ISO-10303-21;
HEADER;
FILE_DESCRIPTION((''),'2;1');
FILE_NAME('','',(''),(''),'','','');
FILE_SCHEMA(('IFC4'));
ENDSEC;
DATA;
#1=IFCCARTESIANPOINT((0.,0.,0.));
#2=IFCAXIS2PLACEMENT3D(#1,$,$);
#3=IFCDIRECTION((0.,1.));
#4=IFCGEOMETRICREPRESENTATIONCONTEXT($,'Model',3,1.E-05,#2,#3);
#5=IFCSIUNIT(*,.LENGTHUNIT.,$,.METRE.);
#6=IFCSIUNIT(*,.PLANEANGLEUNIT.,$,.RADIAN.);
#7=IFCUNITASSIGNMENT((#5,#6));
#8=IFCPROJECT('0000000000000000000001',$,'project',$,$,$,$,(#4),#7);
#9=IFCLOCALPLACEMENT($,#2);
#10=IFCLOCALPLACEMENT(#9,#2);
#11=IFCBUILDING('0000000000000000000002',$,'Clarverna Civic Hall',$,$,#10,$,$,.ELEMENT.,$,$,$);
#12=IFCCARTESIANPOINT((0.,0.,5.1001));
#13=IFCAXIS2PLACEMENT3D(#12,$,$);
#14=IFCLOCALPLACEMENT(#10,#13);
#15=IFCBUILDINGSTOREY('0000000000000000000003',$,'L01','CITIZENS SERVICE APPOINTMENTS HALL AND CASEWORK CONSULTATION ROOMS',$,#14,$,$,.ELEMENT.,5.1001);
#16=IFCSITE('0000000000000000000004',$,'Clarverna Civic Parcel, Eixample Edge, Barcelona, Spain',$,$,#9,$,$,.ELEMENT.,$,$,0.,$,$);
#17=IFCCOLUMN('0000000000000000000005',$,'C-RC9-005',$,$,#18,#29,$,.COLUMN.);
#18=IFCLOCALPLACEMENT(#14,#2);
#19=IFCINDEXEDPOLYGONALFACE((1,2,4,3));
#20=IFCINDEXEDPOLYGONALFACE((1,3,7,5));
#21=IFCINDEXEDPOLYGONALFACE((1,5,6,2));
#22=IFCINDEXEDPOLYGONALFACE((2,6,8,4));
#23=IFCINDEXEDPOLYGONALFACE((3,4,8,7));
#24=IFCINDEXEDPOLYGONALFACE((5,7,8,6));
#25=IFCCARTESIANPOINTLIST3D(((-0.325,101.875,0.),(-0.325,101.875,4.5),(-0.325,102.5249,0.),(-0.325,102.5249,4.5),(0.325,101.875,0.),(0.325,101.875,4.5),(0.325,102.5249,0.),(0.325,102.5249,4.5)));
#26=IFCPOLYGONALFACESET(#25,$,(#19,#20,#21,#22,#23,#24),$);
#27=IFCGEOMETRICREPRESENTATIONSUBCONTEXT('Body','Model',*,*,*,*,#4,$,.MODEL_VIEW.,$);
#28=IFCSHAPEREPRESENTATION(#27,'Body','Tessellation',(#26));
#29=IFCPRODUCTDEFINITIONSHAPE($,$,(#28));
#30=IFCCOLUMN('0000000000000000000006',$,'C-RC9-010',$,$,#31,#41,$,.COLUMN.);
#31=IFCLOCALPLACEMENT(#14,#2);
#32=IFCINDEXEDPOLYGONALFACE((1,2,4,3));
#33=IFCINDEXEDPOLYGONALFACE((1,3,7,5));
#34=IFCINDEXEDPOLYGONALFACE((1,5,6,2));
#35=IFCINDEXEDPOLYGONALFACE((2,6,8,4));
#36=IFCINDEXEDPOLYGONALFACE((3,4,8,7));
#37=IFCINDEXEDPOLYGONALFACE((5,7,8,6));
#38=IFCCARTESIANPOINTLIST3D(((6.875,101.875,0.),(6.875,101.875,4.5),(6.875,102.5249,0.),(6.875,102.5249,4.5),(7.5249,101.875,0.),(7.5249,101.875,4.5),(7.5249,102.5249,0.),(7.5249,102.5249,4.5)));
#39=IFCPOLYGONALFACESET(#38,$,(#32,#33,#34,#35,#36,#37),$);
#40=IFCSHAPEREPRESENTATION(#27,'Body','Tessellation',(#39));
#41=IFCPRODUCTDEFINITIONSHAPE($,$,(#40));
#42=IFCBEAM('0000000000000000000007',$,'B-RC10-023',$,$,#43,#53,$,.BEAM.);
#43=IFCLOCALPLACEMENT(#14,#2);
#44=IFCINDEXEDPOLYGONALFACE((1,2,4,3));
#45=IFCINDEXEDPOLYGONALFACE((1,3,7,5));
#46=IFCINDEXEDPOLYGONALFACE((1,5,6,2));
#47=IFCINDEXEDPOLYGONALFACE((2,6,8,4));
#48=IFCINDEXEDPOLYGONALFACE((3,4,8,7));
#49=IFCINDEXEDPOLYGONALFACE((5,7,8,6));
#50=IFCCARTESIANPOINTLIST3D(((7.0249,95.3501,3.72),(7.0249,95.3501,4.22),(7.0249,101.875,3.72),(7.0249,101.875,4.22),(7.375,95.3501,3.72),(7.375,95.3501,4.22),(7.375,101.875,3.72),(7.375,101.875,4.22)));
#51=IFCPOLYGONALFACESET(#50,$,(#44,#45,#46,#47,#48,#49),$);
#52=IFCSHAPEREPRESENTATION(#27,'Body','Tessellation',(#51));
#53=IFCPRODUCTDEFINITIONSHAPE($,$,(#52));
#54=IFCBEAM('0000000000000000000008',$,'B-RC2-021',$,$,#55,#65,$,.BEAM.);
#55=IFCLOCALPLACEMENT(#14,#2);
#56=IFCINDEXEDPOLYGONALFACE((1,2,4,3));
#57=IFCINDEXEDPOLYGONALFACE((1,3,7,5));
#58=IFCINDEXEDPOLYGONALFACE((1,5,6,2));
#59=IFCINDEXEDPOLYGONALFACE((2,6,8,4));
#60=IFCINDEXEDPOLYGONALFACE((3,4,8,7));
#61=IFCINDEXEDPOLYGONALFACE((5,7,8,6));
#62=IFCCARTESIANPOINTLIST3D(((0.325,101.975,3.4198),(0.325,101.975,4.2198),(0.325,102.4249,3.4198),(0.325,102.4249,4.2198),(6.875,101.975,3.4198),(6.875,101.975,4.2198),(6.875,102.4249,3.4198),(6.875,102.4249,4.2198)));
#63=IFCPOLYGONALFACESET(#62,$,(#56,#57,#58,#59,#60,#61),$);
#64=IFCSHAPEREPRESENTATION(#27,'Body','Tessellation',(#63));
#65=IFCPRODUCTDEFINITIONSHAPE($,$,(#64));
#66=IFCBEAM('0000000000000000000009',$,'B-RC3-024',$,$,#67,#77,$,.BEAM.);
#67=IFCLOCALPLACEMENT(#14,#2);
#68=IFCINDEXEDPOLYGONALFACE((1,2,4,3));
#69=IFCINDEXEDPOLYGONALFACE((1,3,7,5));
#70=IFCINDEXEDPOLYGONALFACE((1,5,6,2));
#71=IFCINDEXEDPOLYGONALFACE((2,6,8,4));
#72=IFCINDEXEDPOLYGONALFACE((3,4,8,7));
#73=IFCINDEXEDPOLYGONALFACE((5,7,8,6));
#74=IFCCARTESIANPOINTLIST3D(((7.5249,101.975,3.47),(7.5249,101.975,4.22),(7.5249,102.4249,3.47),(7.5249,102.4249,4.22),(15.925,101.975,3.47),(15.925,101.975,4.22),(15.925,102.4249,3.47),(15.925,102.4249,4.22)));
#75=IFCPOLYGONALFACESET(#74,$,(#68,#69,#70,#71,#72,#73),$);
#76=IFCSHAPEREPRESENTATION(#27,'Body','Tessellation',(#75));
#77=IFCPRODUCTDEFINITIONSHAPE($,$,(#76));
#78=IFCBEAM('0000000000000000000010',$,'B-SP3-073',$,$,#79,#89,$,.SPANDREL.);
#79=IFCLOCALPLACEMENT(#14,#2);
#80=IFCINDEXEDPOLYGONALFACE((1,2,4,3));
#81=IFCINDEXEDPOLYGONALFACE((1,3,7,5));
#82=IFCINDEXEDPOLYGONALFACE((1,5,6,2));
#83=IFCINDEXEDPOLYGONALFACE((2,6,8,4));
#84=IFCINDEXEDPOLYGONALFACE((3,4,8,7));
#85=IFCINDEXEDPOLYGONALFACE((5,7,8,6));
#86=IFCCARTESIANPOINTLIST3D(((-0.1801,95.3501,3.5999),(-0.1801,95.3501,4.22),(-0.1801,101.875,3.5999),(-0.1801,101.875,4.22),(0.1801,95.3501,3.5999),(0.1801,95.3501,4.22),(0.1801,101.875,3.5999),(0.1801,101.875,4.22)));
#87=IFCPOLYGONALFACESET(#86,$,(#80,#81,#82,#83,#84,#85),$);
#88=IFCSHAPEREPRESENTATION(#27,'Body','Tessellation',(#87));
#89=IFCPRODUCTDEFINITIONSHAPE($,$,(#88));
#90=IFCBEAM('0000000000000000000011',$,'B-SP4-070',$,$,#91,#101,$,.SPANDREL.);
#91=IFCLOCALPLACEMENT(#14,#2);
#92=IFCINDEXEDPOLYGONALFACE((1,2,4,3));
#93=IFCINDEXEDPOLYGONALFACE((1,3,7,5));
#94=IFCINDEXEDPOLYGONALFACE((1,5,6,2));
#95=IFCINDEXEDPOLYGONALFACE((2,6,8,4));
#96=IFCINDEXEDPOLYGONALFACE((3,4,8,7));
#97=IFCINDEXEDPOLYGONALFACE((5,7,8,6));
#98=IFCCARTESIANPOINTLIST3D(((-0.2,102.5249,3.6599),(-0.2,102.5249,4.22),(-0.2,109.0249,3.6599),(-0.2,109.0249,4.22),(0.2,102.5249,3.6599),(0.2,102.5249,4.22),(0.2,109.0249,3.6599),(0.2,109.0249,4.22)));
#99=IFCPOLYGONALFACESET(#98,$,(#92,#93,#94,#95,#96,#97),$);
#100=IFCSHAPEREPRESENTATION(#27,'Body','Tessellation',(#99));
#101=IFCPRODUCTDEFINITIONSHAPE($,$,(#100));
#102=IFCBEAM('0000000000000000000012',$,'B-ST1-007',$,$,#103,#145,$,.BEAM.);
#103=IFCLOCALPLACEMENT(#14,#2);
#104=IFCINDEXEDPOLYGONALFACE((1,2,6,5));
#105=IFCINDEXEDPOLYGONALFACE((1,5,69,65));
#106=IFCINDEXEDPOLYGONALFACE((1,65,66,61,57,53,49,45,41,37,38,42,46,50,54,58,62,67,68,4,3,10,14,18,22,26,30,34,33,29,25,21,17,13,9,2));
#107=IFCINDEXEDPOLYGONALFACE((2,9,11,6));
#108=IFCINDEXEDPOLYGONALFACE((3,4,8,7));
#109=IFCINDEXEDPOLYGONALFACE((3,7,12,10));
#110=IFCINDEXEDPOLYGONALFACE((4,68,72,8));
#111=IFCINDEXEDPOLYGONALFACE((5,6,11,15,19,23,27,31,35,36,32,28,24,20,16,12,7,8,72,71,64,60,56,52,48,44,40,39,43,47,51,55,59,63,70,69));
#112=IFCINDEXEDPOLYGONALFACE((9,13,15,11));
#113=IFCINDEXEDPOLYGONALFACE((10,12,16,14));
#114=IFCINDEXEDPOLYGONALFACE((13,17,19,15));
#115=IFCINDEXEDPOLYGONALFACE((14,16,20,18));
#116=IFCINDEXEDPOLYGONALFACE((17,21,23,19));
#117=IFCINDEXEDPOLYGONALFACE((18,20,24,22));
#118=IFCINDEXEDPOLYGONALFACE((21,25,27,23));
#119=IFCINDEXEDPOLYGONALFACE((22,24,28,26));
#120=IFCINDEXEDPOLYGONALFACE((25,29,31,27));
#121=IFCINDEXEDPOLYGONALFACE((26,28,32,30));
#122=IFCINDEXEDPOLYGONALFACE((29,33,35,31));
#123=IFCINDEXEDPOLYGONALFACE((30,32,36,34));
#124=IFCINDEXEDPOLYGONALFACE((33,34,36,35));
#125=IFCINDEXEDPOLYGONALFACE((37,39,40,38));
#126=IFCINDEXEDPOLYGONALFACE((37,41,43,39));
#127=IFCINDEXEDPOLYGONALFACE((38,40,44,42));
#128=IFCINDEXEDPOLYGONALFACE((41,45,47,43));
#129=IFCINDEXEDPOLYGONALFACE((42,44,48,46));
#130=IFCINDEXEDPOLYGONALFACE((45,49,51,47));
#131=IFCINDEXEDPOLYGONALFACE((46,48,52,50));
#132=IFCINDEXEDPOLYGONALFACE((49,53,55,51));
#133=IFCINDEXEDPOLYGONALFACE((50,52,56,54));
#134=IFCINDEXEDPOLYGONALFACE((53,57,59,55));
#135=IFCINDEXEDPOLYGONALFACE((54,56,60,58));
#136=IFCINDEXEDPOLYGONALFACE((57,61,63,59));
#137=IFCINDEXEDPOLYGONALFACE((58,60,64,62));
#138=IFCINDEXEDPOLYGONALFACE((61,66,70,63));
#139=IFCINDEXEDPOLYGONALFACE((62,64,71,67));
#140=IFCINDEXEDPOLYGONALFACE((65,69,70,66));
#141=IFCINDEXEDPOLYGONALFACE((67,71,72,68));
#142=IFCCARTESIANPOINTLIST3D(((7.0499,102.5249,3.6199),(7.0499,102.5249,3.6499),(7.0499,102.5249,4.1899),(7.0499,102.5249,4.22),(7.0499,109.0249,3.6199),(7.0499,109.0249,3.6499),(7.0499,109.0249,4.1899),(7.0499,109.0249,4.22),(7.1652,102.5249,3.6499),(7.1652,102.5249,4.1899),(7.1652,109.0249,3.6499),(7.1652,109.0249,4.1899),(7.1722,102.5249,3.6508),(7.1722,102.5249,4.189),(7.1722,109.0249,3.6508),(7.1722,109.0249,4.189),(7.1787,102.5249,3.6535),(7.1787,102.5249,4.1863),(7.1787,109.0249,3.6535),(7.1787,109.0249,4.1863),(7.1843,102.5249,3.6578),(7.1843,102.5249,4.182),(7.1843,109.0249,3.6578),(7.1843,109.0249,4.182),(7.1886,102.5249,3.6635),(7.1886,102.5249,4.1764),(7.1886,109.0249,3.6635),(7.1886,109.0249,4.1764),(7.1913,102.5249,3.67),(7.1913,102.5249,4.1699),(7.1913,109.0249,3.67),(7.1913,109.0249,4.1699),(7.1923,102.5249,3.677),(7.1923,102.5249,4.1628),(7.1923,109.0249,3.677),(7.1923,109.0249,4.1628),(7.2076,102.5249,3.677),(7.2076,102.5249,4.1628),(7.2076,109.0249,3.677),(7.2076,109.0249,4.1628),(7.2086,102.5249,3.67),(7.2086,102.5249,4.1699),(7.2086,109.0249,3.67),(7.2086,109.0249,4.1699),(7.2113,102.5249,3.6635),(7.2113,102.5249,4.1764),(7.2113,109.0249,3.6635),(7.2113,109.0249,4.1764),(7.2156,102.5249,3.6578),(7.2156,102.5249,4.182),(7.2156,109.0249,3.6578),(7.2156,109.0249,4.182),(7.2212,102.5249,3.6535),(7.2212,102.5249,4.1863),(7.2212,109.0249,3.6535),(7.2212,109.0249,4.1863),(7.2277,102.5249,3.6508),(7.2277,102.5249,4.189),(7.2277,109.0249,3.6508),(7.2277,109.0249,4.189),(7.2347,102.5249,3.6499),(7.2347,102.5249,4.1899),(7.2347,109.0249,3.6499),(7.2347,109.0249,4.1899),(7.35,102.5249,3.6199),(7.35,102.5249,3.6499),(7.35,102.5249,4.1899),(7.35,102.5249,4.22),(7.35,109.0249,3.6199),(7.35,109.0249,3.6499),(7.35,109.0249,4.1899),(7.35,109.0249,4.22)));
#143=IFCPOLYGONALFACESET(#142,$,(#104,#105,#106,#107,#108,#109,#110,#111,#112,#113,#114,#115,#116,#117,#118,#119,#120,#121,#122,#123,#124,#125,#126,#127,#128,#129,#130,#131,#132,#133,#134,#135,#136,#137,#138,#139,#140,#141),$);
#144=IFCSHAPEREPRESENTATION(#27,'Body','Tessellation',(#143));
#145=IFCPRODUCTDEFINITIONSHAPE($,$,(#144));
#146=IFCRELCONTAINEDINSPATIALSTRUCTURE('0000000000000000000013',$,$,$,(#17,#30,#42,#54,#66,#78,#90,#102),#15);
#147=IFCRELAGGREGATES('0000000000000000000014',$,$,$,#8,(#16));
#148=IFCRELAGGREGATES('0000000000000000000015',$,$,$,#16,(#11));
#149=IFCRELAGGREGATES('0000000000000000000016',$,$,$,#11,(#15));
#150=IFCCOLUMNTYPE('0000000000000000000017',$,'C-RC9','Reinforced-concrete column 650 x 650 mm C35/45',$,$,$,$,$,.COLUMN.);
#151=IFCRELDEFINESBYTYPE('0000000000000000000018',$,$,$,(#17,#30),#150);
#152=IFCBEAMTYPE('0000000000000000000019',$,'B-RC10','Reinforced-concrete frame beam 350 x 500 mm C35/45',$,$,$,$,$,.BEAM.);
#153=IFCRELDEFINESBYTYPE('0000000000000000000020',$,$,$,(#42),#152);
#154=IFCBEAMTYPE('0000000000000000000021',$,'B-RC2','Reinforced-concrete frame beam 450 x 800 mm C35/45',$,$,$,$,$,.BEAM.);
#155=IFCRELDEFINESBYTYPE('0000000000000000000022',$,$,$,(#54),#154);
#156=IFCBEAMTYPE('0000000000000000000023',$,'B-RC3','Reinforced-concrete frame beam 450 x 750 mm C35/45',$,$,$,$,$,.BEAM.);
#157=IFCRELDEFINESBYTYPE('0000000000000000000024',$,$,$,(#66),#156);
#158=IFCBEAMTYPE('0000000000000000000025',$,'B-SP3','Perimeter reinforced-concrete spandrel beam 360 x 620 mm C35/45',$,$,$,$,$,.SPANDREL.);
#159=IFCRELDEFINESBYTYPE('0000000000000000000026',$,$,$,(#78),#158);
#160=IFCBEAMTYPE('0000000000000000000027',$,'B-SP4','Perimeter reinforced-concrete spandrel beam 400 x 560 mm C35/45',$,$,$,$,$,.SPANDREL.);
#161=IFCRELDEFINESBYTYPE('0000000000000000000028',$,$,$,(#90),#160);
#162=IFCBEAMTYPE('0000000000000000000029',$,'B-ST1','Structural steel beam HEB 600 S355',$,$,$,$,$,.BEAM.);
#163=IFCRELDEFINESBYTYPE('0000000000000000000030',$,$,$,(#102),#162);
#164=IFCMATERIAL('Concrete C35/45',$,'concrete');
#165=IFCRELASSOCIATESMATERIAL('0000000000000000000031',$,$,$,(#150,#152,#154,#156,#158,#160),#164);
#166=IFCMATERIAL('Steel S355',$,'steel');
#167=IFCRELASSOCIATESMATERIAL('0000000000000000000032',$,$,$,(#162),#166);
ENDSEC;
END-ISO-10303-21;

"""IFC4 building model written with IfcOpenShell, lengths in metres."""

from ifc_helpers import new_model, si_unit, direction, frame, origin, origin_2d, place, context, subcontext, project, spatial, rectangle, i_section, extrude, material, material_profile, profile_set, type_object, element, save


model = new_model("IFC4")

# Units and contexts
model_context = context("Model", 3, precision=1e-05, world=origin(), true_north=direction((0.0, 1.0)))
body_context = subcontext(model_context, "Body", "Model", "MODEL_VIEW")
ifc_project = project(units=[si_unit("LENGTHUNIT", "METRE"), si_unit("PLANEANGLEUNIT", "RADIAN")], contexts=[model_context])

# Site, building, storey
site_placement = place(None, origin())
site = spatial("IfcSite", under=ifc_project, at=site_placement, Name="Clarverna Civic Parcel, Eixample Edge, Barcelona, Spain", CompositionType="ELEMENT", RefElevation=0.0)
building_placement = place(site_placement, origin())
building = spatial("IfcBuilding", under=site, at=building_placement, Name="Clarverna Civic Hall", CompositionType="ELEMENT")
storey_placement = place(building_placement, frame((0.0, 0.0, 5.1001)))
storey = spatial("IfcBuildingStorey", under=building, at=storey_placement, Name="L01", Description="CITIZENS SERVICE APPOINTMENTS HALL AND CASEWORK CONSULTATION ROOMS", CompositionType="ELEMENT", Elevation=5.1001)

# Columns
ifc_material_1 = material(Name="Concrete C35/45", Category="concrete")
ifc_material_profile_1 = material_profile(ifc_material_1, rectangle(XDim=0.6499, YDim=0.6499, at=origin_2d()), Name="RC 650x650")
ifc_profile_set_1 = profile_set([ifc_material_profile_1], Name="Concrete C35/45")
column_type = type_object("IfcColumnType", Name="C-RC9", Description="Reinforced-concrete column 650 x 650 mm C35/45", PredefinedType="COLUMN", material=ifc_profile_set_1)
for number, where, z_axis, x_axis, name in (
    (1, (0.0, 102.2, 0.0), (0.0, 0.0, 1.0), (1.0, 0.0, 0.0), "C-RC9-005"),
    (2, (7.2, 102.2, 0.0), (0.0, 0.0, 1.0), (1.0, 0.0, 0.0), "C-RC9-010"),
):
    element("IfcColumn", number, at=place(storey_placement, frame(where, z_axis=z_axis, x_axis=x_axis)), inside=storey, type_object=column_type, Name=name, PredefinedType="COLUMN", context=body_context, shape_type="SweptSolid", body=[
        extrude(rectangle(XDim=0.6499, YDim=0.6499, at=origin_2d()), origin(), (0.0, 0.0, 1.0), 4.5),
    ])

# Beams
ifc_material_profile_2 = material_profile(ifc_material_1, rectangle(XDim=0.3501, YDim=0.5, at=origin_2d()), Name="RC 350x500")
ifc_profile_set_2 = profile_set([ifc_material_profile_2], Name="Concrete C35/45")
beam_type_1 = type_object("IfcBeamType", Name="B-RC10", Description="Reinforced-concrete frame beam 350 x 500 mm C35/45", PredefinedType="BEAM", material=ifc_profile_set_2)
beam_1_placement = place(storey_placement, frame((7.2, 95.3501, 3.97), z_axis=(0.0, 1.0, 0.0), x_axis=(-1.0, 0.0, 0.0)))
element("IfcBeam", 3, at=beam_1_placement, inside=storey, type_object=beam_type_1, Name="B-RC10-023", PredefinedType="BEAM", context=body_context, shape_type="SweptSolid", body=[
    extrude(rectangle(XDim=0.3501, YDim=0.5, at=origin_2d()), origin(), (0.0, 0.0, 1.0), 6.5249),
])
ifc_material_profile_3 = material_profile(ifc_material_1, rectangle(XDim=0.45, YDim=0.8, at=origin_2d()), Name="RC 450x800")
ifc_profile_set_3 = profile_set([ifc_material_profile_3], Name="Concrete C35/45")
beam_type_2 = type_object("IfcBeamType", Name="B-RC2", Description="Reinforced-concrete frame beam 450 x 800 mm C35/45", PredefinedType="BEAM", material=ifc_profile_set_3)
beam_2_placement = place(storey_placement, frame((0.325, 102.2, 3.8198), z_axis=(1.0, 0.0, 0.0), x_axis=(0.0, 1.0, 0.0)))
element("IfcBeam", 4, at=beam_2_placement, inside=storey, type_object=beam_type_2, Name="B-RC2-021", PredefinedType="BEAM", context=body_context, shape_type="SweptSolid", body=[
    extrude(rectangle(XDim=0.45, YDim=0.8, at=origin_2d()), origin(), (0.0, 0.0, 1.0), 6.55),
])
ifc_material_profile_4 = material_profile(ifc_material_1, rectangle(XDim=0.45, YDim=0.75, at=origin_2d()), Name="RC 450x750")
ifc_profile_set_4 = profile_set([ifc_material_profile_4], Name="Concrete C35/45")
beam_type_3 = type_object("IfcBeamType", Name="B-RC3", Description="Reinforced-concrete frame beam 450 x 750 mm C35/45", PredefinedType="BEAM", material=ifc_profile_set_4)
beam_3_placement = place(storey_placement, frame((7.5249, 102.2, 3.845), z_axis=(1.0, 0.0, 0.0), x_axis=(0.0, 1.0, 0.0)))
element("IfcBeam", 5, at=beam_3_placement, inside=storey, type_object=beam_type_3, Name="B-RC3-024", PredefinedType="BEAM", context=body_context, shape_type="SweptSolid", body=[
    extrude(rectangle(XDim=0.45, YDim=0.75, at=origin_2d()), origin(), (0.0, 0.0, 1.0), 8.4001),
])
ifc_material_profile_5 = material_profile(ifc_material_1, rectangle(XDim=0.3601, YDim=0.6201, at=origin_2d()), Name="RC 360x620")
ifc_profile_set_5 = profile_set([ifc_material_profile_5], Name="Concrete C35/45")
beam_type_4 = type_object("IfcBeamType", Name="B-SP3", Description="Perimeter reinforced-concrete spandrel beam 360 x 620 mm C35/45", PredefinedType="SPANDREL", material=ifc_profile_set_5)
beam_4_placement = place(storey_placement, frame((0.0, 95.3501, 3.9099), z_axis=(0.0, 1.0, 0.0), x_axis=(-1.0, 0.0, 0.0)))
element("IfcBeam", 6, at=beam_4_placement, inside=storey, type_object=beam_type_4, Name="B-SP3-073", PredefinedType="SPANDREL", context=body_context, shape_type="SweptSolid", body=[
    extrude(rectangle(XDim=0.3601, YDim=0.6201, at=origin_2d()), origin(), (0.0, 0.0, 1.0), 6.5249),
])
ifc_material_profile_6 = material_profile(ifc_material_1, rectangle(XDim=0.3999, YDim=0.5601, at=origin_2d()), Name="RC 400x560")
ifc_profile_set_6 = profile_set([ifc_material_profile_6], Name="Concrete C35/45")
beam_type_5 = type_object("IfcBeamType", Name="B-SP4", Description="Perimeter reinforced-concrete spandrel beam 400 x 560 mm C35/45", PredefinedType="SPANDREL", material=ifc_profile_set_6)
beam_5_placement = place(storey_placement, frame((0.0, 102.5249, 3.9399), z_axis=(0.0, 1.0, 0.0), x_axis=(-1.0, 0.0, 0.0)))
element("IfcBeam", 7, at=beam_5_placement, inside=storey, type_object=beam_type_5, Name="B-SP4-070", PredefinedType="SPANDREL", context=body_context, shape_type="SweptSolid", body=[
    extrude(rectangle(XDim=0.3999, YDim=0.5601, at=origin_2d()), origin(), (0.0, 0.0, 1.0), 6.5),
])
ifc_material_2 = material(Name="Steel S355", Category="steel")
ifc_material_profile_7 = material_profile(ifc_material_2, i_section(OverallWidth=0.3, OverallDepth=0.6001, WebThickness=0.0154, FlangeThickness=0.03, FilletRadius=0.0271, at=origin_2d()), Name="HEB 600")
ifc_profile_set_7 = profile_set([ifc_material_profile_7], Name="Steel S355")
beam_type_6 = type_object("IfcBeamType", Name="B-ST1", Description="Structural steel beam HEB 600 S355", PredefinedType="BEAM", material=ifc_profile_set_7)
beam_6_placement = place(storey_placement, frame((7.2, 102.5249, 3.9199), z_axis=(0.0, 1.0, 0.0), x_axis=(-1.0, 0.0, 0.0)))
element("IfcBeam", 8, at=beam_6_placement, inside=storey, type_object=beam_type_6, Name="B-ST1-007", PredefinedType="BEAM", context=body_context, shape_type="SweptSolid", body=[
    extrude(i_section(OverallWidth=0.3, OverallDepth=0.6001, WebThickness=0.0154, FlangeThickness=0.03, FilletRadius=0.0271, at=origin_2d()), origin(), (0.0, 0.0, 1.0), 6.5),
])

save(model, "model.ifc")
